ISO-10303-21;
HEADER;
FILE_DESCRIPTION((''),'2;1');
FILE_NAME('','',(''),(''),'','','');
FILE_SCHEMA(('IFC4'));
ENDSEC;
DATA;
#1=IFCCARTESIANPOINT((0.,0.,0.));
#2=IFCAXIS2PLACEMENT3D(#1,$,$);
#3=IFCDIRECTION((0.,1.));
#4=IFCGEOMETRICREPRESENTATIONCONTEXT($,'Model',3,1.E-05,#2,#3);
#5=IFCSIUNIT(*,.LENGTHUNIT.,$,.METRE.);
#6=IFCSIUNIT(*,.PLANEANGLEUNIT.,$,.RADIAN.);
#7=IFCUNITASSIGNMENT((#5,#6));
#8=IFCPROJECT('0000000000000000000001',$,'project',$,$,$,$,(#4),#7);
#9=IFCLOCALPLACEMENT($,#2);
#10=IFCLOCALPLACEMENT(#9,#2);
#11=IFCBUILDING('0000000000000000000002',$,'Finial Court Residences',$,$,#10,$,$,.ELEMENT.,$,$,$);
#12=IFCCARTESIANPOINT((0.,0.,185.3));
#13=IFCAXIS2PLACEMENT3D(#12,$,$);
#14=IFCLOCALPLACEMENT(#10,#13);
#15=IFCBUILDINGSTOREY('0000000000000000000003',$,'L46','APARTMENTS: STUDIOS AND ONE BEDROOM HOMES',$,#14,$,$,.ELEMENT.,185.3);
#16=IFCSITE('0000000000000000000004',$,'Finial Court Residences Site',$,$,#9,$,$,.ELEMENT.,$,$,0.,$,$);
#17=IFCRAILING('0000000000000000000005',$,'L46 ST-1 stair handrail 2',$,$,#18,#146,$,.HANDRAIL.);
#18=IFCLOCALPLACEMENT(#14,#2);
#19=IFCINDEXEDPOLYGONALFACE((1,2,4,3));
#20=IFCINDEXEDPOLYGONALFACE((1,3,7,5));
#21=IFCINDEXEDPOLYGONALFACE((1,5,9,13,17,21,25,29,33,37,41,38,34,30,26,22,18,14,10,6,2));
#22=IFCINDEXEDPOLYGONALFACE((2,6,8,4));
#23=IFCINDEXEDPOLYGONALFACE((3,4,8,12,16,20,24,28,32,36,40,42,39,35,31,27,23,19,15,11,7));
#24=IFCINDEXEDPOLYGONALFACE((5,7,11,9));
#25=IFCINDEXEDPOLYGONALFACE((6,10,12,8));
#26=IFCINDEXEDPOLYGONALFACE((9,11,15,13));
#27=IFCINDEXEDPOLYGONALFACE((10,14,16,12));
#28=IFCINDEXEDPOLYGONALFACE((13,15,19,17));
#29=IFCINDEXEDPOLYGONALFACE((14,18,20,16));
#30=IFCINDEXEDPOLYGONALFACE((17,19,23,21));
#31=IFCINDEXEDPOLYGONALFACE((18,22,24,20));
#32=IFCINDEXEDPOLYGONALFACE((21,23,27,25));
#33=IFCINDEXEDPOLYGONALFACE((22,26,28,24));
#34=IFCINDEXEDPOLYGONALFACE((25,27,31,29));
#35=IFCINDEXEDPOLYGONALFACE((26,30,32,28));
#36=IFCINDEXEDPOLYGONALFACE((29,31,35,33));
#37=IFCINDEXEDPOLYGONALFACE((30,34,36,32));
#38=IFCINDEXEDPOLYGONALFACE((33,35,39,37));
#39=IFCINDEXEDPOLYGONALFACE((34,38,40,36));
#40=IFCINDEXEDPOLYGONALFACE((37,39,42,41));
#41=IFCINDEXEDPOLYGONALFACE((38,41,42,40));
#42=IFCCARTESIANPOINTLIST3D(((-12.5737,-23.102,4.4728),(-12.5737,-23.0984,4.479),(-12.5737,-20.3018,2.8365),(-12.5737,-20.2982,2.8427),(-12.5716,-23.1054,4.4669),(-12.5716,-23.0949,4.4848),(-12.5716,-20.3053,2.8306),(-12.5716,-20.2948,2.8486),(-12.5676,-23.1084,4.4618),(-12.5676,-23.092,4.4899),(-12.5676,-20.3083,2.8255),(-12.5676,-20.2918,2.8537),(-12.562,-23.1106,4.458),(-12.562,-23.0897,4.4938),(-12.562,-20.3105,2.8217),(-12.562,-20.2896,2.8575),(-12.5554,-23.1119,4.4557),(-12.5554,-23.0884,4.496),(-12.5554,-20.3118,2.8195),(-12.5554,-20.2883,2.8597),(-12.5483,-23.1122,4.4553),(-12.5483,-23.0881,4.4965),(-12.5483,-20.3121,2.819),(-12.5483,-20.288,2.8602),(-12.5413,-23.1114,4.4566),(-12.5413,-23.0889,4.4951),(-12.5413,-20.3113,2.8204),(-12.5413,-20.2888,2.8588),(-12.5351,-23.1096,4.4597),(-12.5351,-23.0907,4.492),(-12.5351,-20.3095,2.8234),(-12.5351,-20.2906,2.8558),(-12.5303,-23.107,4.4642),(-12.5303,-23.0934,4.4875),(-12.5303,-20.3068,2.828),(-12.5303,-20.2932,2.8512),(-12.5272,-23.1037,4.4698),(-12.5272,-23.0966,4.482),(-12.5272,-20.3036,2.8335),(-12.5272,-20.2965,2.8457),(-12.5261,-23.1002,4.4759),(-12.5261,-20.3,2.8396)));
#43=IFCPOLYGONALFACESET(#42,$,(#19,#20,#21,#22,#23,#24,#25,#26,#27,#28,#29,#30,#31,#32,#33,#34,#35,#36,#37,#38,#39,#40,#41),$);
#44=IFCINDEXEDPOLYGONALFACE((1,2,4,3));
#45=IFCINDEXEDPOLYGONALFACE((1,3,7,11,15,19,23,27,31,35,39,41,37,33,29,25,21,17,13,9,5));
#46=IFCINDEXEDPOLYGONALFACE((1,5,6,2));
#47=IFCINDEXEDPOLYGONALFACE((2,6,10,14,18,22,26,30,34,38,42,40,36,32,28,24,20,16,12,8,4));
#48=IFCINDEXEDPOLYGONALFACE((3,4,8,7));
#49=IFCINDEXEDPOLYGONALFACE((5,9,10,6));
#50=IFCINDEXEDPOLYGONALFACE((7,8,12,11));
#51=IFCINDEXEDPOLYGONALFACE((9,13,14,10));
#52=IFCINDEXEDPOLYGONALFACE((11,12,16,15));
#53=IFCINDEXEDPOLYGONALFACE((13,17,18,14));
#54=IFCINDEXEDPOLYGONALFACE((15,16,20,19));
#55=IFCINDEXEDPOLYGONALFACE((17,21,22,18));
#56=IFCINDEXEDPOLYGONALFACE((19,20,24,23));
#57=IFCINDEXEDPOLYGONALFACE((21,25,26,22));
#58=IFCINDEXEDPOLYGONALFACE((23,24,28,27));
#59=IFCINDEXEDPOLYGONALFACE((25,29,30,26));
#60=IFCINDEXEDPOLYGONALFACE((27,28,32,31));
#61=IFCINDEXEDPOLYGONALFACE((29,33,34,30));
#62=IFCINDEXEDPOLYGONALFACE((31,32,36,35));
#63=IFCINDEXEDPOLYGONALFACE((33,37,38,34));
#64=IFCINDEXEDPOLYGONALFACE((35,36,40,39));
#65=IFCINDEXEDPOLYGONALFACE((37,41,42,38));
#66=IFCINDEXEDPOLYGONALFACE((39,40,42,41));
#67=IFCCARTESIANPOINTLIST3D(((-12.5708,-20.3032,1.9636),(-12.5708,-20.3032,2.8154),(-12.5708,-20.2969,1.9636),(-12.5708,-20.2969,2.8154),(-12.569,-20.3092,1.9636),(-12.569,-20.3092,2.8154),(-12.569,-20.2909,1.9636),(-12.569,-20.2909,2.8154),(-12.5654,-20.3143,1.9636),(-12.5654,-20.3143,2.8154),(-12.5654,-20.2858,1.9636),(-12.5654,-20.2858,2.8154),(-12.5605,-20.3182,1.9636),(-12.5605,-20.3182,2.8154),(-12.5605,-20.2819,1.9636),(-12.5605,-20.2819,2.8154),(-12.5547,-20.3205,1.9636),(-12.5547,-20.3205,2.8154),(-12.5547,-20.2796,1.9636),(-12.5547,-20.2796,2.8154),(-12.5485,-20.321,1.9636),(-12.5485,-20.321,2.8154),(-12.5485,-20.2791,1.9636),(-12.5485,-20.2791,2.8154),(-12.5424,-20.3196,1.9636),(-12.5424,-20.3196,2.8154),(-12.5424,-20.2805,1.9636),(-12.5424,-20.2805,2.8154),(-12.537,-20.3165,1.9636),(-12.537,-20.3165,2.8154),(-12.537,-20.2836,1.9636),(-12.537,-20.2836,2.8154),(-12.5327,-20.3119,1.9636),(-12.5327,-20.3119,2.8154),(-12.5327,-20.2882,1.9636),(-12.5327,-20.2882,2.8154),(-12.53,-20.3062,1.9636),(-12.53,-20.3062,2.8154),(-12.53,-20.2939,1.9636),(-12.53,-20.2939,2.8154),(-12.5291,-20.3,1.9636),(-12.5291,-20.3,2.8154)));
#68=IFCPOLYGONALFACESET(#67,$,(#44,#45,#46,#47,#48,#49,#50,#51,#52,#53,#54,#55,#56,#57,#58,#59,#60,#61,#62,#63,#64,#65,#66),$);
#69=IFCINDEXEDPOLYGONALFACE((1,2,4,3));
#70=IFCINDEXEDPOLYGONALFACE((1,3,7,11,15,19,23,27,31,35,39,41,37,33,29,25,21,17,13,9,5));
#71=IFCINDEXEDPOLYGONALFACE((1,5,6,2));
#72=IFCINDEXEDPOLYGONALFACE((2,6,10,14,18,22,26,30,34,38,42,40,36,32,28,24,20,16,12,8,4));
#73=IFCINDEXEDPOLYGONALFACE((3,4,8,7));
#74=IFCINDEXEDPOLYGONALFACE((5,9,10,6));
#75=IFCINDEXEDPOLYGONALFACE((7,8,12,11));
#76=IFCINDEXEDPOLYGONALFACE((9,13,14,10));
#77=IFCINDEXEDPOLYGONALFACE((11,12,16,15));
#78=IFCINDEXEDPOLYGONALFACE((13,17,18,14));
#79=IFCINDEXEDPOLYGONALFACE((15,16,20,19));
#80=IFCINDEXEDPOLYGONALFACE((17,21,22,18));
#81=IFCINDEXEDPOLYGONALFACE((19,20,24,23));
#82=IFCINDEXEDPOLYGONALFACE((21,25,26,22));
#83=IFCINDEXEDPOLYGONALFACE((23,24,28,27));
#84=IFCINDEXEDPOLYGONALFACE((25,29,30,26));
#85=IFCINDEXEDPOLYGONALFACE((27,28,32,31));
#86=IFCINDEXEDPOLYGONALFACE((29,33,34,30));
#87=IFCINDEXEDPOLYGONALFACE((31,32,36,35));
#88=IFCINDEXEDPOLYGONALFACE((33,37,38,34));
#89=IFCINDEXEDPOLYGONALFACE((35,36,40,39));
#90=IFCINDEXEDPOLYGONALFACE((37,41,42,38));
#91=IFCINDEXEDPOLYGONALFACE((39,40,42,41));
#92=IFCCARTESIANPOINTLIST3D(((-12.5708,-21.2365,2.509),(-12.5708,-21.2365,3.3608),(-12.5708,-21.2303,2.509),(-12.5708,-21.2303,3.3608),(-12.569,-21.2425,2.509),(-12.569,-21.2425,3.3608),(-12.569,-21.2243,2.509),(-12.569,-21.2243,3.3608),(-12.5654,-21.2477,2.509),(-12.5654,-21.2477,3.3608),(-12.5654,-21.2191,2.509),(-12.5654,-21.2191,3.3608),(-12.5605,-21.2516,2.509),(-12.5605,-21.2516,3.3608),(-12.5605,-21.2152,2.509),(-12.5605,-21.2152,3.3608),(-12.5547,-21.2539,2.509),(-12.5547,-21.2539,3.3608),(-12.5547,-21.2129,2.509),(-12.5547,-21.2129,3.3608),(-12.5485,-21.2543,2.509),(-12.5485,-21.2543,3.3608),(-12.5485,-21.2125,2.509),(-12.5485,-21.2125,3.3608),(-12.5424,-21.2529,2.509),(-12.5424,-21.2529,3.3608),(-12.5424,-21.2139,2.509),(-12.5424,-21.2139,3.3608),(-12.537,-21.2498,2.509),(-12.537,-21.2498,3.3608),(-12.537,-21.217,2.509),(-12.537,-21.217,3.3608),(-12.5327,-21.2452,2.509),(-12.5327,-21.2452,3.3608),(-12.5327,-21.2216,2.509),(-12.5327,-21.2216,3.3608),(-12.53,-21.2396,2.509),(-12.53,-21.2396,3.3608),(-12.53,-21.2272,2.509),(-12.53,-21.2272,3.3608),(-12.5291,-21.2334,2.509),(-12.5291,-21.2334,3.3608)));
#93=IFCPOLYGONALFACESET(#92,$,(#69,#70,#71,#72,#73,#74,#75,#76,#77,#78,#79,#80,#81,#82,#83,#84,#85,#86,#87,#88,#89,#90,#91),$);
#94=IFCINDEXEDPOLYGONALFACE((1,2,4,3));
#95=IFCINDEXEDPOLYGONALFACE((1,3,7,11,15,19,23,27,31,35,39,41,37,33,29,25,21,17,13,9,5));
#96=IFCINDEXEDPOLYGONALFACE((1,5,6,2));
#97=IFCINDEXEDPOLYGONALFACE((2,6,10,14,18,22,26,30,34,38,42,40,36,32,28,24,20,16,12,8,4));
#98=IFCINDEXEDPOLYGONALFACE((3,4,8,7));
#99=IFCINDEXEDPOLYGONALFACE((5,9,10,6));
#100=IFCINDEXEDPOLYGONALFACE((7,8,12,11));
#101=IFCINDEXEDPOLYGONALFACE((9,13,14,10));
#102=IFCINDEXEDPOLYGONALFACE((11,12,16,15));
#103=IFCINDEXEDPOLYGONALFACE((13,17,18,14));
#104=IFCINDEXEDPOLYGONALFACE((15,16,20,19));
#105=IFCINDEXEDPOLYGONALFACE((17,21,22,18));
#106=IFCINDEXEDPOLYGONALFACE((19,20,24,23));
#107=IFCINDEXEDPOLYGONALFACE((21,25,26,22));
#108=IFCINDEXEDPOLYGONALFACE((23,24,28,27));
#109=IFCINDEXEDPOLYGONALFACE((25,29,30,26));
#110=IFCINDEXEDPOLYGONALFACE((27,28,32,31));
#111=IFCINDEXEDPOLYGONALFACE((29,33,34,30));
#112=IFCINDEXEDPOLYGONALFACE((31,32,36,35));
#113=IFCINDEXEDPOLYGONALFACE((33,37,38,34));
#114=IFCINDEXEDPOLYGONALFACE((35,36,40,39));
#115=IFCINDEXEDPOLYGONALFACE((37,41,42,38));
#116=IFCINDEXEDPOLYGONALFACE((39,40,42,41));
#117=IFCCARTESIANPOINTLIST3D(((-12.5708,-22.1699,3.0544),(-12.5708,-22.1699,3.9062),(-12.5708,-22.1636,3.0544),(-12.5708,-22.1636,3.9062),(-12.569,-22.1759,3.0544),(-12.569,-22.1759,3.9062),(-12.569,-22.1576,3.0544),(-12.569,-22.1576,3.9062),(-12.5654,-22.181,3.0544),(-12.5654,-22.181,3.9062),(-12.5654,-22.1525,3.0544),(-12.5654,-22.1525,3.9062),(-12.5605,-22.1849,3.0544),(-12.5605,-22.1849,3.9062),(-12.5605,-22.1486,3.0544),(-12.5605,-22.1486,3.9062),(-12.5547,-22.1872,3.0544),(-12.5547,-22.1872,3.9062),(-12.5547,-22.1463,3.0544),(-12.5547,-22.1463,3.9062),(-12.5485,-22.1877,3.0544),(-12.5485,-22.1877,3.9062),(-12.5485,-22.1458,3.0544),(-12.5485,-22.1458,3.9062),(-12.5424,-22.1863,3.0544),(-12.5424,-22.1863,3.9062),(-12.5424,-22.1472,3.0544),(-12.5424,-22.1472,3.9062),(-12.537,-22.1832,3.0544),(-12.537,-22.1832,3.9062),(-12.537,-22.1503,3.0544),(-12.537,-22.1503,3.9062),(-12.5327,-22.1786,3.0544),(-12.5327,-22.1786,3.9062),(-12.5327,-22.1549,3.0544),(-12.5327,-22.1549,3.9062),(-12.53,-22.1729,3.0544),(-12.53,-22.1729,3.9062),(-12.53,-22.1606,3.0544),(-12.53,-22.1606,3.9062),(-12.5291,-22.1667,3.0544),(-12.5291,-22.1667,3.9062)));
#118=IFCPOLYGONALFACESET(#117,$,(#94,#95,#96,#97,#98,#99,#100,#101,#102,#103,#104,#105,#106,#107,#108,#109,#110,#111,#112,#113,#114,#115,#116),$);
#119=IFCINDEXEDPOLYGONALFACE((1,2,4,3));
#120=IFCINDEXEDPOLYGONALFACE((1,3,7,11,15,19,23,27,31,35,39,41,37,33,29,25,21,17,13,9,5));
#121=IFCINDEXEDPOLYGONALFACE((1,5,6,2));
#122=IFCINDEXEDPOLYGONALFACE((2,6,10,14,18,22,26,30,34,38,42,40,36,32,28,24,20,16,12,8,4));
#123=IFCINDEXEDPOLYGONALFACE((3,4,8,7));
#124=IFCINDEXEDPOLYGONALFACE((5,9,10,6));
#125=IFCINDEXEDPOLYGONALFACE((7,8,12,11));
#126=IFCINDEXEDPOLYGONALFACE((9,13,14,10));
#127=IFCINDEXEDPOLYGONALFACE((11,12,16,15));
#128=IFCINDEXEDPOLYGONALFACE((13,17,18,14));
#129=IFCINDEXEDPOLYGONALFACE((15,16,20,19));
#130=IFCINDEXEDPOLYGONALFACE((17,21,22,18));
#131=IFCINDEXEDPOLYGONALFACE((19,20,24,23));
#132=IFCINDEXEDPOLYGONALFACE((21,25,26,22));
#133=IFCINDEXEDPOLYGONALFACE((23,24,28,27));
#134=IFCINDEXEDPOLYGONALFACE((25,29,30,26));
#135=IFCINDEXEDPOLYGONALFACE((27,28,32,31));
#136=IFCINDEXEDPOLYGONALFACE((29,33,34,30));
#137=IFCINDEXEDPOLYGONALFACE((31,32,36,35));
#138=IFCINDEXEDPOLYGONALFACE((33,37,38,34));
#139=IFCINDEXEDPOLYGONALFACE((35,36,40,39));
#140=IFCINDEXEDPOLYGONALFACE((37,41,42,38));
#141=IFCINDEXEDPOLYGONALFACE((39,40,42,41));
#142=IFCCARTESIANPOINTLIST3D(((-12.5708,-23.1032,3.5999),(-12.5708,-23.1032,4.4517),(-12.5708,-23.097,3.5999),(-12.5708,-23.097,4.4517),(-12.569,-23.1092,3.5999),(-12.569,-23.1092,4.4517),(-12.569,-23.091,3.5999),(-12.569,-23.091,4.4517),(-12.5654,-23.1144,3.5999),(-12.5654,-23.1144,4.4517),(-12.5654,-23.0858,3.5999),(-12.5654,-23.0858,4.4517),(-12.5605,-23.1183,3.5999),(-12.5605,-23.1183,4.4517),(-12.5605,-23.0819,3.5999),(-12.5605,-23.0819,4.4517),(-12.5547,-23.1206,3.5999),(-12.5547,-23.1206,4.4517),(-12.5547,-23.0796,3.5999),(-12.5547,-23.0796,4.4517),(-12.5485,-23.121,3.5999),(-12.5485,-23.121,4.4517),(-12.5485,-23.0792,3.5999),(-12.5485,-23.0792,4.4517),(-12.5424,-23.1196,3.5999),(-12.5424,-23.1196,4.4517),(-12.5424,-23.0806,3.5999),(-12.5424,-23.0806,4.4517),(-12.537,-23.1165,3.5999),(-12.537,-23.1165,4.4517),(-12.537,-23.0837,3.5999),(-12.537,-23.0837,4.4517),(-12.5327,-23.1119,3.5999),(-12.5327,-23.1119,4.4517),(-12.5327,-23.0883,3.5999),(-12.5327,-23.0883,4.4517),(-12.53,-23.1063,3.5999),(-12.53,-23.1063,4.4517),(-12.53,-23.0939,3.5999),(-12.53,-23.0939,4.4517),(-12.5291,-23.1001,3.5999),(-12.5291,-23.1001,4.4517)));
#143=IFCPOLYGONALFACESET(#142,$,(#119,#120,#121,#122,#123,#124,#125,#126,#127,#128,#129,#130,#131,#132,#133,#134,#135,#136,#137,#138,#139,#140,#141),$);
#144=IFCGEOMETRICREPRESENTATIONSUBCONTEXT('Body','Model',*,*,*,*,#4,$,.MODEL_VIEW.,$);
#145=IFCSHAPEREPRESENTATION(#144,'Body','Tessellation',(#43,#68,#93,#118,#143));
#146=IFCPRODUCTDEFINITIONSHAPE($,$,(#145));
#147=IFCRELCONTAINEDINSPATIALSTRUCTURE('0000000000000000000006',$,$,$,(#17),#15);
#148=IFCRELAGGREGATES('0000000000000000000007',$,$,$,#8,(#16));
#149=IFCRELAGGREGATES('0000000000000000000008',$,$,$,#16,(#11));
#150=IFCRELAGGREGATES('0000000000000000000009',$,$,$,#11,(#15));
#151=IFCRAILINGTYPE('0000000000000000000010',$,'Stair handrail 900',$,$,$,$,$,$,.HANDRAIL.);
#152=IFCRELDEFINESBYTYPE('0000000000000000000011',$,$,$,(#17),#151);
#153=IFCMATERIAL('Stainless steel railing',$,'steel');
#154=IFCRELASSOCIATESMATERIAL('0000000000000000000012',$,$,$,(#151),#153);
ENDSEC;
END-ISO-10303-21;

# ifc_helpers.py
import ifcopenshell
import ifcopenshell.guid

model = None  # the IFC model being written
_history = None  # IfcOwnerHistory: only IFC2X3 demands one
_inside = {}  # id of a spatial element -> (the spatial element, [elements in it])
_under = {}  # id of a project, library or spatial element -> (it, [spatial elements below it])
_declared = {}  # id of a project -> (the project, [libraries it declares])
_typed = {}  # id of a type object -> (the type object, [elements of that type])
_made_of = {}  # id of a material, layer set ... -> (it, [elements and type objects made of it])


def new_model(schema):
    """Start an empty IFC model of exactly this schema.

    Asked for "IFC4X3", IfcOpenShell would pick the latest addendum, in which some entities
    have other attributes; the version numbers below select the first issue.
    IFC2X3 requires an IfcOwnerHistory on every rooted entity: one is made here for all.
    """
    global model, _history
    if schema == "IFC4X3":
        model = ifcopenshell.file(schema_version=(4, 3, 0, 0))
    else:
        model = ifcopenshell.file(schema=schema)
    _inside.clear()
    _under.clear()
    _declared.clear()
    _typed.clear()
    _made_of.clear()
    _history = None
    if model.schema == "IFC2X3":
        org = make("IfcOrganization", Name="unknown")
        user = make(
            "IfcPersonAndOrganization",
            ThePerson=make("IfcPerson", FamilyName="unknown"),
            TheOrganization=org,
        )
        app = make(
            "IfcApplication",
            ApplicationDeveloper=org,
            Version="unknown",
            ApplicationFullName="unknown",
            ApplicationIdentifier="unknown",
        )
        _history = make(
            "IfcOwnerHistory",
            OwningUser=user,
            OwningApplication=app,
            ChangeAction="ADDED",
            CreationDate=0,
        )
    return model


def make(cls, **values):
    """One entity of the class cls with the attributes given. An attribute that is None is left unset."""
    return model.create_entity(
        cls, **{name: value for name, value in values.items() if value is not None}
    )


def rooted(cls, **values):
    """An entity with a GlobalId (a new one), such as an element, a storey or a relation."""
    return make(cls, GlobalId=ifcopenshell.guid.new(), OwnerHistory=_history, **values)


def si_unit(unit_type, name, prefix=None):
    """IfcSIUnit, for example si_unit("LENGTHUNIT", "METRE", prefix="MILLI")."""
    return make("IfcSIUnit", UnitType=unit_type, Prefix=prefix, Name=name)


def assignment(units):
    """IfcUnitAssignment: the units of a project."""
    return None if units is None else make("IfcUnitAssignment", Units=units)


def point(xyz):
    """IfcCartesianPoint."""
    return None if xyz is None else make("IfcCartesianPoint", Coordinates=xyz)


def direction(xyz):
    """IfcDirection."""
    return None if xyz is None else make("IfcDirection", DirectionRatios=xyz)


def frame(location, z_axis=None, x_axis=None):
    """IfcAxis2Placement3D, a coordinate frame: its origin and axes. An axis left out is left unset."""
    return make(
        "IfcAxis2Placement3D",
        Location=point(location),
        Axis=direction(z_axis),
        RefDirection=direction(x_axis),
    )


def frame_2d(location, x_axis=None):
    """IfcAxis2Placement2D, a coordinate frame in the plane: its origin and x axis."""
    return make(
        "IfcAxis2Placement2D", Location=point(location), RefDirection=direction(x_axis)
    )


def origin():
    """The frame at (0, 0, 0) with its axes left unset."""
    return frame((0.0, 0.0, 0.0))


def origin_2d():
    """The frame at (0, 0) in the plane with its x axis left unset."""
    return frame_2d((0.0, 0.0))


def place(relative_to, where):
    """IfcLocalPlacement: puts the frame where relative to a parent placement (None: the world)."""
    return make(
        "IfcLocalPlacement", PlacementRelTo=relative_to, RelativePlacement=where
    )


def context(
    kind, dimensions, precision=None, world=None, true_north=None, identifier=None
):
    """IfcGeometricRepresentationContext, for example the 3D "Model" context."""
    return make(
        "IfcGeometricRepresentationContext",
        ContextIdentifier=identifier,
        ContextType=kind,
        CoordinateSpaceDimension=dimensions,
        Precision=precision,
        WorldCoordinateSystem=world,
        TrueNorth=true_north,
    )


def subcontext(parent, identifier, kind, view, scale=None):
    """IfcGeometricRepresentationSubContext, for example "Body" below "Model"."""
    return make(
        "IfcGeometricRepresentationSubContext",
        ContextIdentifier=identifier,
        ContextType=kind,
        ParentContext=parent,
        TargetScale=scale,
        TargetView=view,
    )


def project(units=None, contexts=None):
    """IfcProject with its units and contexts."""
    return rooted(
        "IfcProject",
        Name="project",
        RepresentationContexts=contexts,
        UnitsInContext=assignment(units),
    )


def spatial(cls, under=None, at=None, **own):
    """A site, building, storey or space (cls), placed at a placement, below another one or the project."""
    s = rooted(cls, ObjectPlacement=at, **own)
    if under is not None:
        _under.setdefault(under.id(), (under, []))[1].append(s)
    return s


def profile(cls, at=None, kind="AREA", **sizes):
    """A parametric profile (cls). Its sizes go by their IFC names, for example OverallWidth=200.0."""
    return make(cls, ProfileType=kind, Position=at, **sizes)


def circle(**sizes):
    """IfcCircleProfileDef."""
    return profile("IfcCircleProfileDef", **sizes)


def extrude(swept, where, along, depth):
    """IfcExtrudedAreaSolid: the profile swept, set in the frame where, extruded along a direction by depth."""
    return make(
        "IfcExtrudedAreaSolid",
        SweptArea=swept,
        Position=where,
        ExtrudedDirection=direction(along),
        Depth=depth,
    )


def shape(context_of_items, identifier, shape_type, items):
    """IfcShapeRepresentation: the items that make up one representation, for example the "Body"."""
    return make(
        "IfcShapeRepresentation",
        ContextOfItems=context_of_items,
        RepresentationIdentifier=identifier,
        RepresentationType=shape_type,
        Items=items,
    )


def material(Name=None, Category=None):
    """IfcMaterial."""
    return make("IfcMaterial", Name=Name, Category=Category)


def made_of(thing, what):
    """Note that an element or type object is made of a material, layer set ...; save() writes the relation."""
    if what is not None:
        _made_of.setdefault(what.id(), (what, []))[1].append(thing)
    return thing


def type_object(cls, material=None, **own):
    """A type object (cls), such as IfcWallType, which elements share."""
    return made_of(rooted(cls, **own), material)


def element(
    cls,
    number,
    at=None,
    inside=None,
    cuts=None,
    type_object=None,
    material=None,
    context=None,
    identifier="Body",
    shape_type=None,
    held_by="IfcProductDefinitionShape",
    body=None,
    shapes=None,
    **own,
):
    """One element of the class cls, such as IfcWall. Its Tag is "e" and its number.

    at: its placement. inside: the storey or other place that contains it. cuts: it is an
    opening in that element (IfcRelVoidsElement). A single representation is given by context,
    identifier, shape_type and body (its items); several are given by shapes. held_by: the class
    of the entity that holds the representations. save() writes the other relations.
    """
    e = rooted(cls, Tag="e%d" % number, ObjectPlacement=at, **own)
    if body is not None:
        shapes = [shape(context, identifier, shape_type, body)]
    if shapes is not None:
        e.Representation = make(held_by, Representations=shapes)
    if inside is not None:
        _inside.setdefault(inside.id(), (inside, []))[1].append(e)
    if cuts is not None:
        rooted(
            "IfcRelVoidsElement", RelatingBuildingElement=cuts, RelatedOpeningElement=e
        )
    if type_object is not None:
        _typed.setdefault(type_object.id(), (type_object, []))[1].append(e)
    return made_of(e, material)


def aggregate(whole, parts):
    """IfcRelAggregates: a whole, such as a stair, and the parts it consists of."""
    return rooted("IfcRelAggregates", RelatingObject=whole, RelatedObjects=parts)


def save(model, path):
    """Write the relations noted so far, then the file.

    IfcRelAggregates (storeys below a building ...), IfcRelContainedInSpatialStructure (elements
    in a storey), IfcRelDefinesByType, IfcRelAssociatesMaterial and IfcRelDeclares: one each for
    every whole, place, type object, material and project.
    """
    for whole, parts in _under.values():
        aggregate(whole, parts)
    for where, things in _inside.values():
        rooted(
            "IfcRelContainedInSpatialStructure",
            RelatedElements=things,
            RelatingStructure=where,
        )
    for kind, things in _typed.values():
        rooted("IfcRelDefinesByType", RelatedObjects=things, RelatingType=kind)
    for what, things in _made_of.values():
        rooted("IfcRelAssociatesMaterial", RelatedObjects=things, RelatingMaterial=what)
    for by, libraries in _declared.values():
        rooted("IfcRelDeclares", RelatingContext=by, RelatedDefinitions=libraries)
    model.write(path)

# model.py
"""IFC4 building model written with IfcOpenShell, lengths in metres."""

from ifc_helpers import new_model, si_unit, direction, frame, origin, origin_2d, place, context, subcontext, project, spatial, circle, extrude, material, type_object, element, save


model = new_model("IFC4")

# Units and contexts
model_context = context("Model", 3, precision=1e-05, world=origin(), true_north=direction((0.0, 1.0)))
body_context = subcontext(model_context, "Body", "Model", "MODEL_VIEW")
ifc_project = project(units=[si_unit("LENGTHUNIT", "METRE"), si_unit("PLANEANGLEUNIT", "RADIAN")], contexts=[model_context])

# Site, building, storey
site_placement = place(None, origin())
site = spatial("IfcSite", under=ifc_project, at=site_placement, Name="Finial Court Residences Site", CompositionType="ELEMENT", RefElevation=0.0)
building_placement = place(site_placement, origin())
building = spatial("IfcBuilding", under=site, at=building_placement, Name="Finial Court Residences", CompositionType="ELEMENT")
storey_placement = place(building_placement, frame((0.0, 0.0, 185.3)))
storey = spatial("IfcBuildingStorey", under=building, at=storey_placement, Name="L46", Description="APARTMENTS: STUDIOS AND ONE BEDROOM HOMES", CompositionType="ELEMENT", Elevation=185.3)

# Railing
ifc_material_1 = material(Name="Stainless steel railing", Category="steel")
railing_type_1 = type_object("IfcRailingType", Name="Stair handrail 900", PredefinedType="HANDRAIL", material=ifc_material_1)
railing_1_placement = place(storey_placement, frame((-12.55, -20.3, 1.9636)))
element("IfcRailing", 1, at=railing_1_placement, inside=storey, type_object=railing_type_1, Name="L46 ST-1 stair handrail 2", PredefinedType="HANDRAIL", context=body_context, shape_type="SweptSolid", body=[
    extrude(circle(Radius=0.0239, at=origin_2d()), frame((0.0, 0.0, 0.876), z_axis=(0.0, -0.863394, 0.504531), x_axis=(1.0, 0.0, 0.0)), (0.0, 0.0, 1.0), 3.2432),
    extrude(circle(Radius=0.021, at=origin_2d()), origin(), (0.0, 0.0, 1.0), 0.8518),
    extrude(circle(Radius=0.021, at=origin_2d()), frame((0.0, -0.9333, 0.5454)), (0.0, 0.0, 1.0), 0.8518),
    extrude(circle(Radius=0.021, at=origin_2d()), frame((0.0, -1.8667, 1.0908)), (0.0, 0.0, 1.0), 0.8518),
    extrude(circle(Radius=0.021, at=origin_2d()), frame((0.0, -2.8, 1.6362)), (0.0, 0.0, 1.0), 0.8518),
])

save(model, "model.ifc")
